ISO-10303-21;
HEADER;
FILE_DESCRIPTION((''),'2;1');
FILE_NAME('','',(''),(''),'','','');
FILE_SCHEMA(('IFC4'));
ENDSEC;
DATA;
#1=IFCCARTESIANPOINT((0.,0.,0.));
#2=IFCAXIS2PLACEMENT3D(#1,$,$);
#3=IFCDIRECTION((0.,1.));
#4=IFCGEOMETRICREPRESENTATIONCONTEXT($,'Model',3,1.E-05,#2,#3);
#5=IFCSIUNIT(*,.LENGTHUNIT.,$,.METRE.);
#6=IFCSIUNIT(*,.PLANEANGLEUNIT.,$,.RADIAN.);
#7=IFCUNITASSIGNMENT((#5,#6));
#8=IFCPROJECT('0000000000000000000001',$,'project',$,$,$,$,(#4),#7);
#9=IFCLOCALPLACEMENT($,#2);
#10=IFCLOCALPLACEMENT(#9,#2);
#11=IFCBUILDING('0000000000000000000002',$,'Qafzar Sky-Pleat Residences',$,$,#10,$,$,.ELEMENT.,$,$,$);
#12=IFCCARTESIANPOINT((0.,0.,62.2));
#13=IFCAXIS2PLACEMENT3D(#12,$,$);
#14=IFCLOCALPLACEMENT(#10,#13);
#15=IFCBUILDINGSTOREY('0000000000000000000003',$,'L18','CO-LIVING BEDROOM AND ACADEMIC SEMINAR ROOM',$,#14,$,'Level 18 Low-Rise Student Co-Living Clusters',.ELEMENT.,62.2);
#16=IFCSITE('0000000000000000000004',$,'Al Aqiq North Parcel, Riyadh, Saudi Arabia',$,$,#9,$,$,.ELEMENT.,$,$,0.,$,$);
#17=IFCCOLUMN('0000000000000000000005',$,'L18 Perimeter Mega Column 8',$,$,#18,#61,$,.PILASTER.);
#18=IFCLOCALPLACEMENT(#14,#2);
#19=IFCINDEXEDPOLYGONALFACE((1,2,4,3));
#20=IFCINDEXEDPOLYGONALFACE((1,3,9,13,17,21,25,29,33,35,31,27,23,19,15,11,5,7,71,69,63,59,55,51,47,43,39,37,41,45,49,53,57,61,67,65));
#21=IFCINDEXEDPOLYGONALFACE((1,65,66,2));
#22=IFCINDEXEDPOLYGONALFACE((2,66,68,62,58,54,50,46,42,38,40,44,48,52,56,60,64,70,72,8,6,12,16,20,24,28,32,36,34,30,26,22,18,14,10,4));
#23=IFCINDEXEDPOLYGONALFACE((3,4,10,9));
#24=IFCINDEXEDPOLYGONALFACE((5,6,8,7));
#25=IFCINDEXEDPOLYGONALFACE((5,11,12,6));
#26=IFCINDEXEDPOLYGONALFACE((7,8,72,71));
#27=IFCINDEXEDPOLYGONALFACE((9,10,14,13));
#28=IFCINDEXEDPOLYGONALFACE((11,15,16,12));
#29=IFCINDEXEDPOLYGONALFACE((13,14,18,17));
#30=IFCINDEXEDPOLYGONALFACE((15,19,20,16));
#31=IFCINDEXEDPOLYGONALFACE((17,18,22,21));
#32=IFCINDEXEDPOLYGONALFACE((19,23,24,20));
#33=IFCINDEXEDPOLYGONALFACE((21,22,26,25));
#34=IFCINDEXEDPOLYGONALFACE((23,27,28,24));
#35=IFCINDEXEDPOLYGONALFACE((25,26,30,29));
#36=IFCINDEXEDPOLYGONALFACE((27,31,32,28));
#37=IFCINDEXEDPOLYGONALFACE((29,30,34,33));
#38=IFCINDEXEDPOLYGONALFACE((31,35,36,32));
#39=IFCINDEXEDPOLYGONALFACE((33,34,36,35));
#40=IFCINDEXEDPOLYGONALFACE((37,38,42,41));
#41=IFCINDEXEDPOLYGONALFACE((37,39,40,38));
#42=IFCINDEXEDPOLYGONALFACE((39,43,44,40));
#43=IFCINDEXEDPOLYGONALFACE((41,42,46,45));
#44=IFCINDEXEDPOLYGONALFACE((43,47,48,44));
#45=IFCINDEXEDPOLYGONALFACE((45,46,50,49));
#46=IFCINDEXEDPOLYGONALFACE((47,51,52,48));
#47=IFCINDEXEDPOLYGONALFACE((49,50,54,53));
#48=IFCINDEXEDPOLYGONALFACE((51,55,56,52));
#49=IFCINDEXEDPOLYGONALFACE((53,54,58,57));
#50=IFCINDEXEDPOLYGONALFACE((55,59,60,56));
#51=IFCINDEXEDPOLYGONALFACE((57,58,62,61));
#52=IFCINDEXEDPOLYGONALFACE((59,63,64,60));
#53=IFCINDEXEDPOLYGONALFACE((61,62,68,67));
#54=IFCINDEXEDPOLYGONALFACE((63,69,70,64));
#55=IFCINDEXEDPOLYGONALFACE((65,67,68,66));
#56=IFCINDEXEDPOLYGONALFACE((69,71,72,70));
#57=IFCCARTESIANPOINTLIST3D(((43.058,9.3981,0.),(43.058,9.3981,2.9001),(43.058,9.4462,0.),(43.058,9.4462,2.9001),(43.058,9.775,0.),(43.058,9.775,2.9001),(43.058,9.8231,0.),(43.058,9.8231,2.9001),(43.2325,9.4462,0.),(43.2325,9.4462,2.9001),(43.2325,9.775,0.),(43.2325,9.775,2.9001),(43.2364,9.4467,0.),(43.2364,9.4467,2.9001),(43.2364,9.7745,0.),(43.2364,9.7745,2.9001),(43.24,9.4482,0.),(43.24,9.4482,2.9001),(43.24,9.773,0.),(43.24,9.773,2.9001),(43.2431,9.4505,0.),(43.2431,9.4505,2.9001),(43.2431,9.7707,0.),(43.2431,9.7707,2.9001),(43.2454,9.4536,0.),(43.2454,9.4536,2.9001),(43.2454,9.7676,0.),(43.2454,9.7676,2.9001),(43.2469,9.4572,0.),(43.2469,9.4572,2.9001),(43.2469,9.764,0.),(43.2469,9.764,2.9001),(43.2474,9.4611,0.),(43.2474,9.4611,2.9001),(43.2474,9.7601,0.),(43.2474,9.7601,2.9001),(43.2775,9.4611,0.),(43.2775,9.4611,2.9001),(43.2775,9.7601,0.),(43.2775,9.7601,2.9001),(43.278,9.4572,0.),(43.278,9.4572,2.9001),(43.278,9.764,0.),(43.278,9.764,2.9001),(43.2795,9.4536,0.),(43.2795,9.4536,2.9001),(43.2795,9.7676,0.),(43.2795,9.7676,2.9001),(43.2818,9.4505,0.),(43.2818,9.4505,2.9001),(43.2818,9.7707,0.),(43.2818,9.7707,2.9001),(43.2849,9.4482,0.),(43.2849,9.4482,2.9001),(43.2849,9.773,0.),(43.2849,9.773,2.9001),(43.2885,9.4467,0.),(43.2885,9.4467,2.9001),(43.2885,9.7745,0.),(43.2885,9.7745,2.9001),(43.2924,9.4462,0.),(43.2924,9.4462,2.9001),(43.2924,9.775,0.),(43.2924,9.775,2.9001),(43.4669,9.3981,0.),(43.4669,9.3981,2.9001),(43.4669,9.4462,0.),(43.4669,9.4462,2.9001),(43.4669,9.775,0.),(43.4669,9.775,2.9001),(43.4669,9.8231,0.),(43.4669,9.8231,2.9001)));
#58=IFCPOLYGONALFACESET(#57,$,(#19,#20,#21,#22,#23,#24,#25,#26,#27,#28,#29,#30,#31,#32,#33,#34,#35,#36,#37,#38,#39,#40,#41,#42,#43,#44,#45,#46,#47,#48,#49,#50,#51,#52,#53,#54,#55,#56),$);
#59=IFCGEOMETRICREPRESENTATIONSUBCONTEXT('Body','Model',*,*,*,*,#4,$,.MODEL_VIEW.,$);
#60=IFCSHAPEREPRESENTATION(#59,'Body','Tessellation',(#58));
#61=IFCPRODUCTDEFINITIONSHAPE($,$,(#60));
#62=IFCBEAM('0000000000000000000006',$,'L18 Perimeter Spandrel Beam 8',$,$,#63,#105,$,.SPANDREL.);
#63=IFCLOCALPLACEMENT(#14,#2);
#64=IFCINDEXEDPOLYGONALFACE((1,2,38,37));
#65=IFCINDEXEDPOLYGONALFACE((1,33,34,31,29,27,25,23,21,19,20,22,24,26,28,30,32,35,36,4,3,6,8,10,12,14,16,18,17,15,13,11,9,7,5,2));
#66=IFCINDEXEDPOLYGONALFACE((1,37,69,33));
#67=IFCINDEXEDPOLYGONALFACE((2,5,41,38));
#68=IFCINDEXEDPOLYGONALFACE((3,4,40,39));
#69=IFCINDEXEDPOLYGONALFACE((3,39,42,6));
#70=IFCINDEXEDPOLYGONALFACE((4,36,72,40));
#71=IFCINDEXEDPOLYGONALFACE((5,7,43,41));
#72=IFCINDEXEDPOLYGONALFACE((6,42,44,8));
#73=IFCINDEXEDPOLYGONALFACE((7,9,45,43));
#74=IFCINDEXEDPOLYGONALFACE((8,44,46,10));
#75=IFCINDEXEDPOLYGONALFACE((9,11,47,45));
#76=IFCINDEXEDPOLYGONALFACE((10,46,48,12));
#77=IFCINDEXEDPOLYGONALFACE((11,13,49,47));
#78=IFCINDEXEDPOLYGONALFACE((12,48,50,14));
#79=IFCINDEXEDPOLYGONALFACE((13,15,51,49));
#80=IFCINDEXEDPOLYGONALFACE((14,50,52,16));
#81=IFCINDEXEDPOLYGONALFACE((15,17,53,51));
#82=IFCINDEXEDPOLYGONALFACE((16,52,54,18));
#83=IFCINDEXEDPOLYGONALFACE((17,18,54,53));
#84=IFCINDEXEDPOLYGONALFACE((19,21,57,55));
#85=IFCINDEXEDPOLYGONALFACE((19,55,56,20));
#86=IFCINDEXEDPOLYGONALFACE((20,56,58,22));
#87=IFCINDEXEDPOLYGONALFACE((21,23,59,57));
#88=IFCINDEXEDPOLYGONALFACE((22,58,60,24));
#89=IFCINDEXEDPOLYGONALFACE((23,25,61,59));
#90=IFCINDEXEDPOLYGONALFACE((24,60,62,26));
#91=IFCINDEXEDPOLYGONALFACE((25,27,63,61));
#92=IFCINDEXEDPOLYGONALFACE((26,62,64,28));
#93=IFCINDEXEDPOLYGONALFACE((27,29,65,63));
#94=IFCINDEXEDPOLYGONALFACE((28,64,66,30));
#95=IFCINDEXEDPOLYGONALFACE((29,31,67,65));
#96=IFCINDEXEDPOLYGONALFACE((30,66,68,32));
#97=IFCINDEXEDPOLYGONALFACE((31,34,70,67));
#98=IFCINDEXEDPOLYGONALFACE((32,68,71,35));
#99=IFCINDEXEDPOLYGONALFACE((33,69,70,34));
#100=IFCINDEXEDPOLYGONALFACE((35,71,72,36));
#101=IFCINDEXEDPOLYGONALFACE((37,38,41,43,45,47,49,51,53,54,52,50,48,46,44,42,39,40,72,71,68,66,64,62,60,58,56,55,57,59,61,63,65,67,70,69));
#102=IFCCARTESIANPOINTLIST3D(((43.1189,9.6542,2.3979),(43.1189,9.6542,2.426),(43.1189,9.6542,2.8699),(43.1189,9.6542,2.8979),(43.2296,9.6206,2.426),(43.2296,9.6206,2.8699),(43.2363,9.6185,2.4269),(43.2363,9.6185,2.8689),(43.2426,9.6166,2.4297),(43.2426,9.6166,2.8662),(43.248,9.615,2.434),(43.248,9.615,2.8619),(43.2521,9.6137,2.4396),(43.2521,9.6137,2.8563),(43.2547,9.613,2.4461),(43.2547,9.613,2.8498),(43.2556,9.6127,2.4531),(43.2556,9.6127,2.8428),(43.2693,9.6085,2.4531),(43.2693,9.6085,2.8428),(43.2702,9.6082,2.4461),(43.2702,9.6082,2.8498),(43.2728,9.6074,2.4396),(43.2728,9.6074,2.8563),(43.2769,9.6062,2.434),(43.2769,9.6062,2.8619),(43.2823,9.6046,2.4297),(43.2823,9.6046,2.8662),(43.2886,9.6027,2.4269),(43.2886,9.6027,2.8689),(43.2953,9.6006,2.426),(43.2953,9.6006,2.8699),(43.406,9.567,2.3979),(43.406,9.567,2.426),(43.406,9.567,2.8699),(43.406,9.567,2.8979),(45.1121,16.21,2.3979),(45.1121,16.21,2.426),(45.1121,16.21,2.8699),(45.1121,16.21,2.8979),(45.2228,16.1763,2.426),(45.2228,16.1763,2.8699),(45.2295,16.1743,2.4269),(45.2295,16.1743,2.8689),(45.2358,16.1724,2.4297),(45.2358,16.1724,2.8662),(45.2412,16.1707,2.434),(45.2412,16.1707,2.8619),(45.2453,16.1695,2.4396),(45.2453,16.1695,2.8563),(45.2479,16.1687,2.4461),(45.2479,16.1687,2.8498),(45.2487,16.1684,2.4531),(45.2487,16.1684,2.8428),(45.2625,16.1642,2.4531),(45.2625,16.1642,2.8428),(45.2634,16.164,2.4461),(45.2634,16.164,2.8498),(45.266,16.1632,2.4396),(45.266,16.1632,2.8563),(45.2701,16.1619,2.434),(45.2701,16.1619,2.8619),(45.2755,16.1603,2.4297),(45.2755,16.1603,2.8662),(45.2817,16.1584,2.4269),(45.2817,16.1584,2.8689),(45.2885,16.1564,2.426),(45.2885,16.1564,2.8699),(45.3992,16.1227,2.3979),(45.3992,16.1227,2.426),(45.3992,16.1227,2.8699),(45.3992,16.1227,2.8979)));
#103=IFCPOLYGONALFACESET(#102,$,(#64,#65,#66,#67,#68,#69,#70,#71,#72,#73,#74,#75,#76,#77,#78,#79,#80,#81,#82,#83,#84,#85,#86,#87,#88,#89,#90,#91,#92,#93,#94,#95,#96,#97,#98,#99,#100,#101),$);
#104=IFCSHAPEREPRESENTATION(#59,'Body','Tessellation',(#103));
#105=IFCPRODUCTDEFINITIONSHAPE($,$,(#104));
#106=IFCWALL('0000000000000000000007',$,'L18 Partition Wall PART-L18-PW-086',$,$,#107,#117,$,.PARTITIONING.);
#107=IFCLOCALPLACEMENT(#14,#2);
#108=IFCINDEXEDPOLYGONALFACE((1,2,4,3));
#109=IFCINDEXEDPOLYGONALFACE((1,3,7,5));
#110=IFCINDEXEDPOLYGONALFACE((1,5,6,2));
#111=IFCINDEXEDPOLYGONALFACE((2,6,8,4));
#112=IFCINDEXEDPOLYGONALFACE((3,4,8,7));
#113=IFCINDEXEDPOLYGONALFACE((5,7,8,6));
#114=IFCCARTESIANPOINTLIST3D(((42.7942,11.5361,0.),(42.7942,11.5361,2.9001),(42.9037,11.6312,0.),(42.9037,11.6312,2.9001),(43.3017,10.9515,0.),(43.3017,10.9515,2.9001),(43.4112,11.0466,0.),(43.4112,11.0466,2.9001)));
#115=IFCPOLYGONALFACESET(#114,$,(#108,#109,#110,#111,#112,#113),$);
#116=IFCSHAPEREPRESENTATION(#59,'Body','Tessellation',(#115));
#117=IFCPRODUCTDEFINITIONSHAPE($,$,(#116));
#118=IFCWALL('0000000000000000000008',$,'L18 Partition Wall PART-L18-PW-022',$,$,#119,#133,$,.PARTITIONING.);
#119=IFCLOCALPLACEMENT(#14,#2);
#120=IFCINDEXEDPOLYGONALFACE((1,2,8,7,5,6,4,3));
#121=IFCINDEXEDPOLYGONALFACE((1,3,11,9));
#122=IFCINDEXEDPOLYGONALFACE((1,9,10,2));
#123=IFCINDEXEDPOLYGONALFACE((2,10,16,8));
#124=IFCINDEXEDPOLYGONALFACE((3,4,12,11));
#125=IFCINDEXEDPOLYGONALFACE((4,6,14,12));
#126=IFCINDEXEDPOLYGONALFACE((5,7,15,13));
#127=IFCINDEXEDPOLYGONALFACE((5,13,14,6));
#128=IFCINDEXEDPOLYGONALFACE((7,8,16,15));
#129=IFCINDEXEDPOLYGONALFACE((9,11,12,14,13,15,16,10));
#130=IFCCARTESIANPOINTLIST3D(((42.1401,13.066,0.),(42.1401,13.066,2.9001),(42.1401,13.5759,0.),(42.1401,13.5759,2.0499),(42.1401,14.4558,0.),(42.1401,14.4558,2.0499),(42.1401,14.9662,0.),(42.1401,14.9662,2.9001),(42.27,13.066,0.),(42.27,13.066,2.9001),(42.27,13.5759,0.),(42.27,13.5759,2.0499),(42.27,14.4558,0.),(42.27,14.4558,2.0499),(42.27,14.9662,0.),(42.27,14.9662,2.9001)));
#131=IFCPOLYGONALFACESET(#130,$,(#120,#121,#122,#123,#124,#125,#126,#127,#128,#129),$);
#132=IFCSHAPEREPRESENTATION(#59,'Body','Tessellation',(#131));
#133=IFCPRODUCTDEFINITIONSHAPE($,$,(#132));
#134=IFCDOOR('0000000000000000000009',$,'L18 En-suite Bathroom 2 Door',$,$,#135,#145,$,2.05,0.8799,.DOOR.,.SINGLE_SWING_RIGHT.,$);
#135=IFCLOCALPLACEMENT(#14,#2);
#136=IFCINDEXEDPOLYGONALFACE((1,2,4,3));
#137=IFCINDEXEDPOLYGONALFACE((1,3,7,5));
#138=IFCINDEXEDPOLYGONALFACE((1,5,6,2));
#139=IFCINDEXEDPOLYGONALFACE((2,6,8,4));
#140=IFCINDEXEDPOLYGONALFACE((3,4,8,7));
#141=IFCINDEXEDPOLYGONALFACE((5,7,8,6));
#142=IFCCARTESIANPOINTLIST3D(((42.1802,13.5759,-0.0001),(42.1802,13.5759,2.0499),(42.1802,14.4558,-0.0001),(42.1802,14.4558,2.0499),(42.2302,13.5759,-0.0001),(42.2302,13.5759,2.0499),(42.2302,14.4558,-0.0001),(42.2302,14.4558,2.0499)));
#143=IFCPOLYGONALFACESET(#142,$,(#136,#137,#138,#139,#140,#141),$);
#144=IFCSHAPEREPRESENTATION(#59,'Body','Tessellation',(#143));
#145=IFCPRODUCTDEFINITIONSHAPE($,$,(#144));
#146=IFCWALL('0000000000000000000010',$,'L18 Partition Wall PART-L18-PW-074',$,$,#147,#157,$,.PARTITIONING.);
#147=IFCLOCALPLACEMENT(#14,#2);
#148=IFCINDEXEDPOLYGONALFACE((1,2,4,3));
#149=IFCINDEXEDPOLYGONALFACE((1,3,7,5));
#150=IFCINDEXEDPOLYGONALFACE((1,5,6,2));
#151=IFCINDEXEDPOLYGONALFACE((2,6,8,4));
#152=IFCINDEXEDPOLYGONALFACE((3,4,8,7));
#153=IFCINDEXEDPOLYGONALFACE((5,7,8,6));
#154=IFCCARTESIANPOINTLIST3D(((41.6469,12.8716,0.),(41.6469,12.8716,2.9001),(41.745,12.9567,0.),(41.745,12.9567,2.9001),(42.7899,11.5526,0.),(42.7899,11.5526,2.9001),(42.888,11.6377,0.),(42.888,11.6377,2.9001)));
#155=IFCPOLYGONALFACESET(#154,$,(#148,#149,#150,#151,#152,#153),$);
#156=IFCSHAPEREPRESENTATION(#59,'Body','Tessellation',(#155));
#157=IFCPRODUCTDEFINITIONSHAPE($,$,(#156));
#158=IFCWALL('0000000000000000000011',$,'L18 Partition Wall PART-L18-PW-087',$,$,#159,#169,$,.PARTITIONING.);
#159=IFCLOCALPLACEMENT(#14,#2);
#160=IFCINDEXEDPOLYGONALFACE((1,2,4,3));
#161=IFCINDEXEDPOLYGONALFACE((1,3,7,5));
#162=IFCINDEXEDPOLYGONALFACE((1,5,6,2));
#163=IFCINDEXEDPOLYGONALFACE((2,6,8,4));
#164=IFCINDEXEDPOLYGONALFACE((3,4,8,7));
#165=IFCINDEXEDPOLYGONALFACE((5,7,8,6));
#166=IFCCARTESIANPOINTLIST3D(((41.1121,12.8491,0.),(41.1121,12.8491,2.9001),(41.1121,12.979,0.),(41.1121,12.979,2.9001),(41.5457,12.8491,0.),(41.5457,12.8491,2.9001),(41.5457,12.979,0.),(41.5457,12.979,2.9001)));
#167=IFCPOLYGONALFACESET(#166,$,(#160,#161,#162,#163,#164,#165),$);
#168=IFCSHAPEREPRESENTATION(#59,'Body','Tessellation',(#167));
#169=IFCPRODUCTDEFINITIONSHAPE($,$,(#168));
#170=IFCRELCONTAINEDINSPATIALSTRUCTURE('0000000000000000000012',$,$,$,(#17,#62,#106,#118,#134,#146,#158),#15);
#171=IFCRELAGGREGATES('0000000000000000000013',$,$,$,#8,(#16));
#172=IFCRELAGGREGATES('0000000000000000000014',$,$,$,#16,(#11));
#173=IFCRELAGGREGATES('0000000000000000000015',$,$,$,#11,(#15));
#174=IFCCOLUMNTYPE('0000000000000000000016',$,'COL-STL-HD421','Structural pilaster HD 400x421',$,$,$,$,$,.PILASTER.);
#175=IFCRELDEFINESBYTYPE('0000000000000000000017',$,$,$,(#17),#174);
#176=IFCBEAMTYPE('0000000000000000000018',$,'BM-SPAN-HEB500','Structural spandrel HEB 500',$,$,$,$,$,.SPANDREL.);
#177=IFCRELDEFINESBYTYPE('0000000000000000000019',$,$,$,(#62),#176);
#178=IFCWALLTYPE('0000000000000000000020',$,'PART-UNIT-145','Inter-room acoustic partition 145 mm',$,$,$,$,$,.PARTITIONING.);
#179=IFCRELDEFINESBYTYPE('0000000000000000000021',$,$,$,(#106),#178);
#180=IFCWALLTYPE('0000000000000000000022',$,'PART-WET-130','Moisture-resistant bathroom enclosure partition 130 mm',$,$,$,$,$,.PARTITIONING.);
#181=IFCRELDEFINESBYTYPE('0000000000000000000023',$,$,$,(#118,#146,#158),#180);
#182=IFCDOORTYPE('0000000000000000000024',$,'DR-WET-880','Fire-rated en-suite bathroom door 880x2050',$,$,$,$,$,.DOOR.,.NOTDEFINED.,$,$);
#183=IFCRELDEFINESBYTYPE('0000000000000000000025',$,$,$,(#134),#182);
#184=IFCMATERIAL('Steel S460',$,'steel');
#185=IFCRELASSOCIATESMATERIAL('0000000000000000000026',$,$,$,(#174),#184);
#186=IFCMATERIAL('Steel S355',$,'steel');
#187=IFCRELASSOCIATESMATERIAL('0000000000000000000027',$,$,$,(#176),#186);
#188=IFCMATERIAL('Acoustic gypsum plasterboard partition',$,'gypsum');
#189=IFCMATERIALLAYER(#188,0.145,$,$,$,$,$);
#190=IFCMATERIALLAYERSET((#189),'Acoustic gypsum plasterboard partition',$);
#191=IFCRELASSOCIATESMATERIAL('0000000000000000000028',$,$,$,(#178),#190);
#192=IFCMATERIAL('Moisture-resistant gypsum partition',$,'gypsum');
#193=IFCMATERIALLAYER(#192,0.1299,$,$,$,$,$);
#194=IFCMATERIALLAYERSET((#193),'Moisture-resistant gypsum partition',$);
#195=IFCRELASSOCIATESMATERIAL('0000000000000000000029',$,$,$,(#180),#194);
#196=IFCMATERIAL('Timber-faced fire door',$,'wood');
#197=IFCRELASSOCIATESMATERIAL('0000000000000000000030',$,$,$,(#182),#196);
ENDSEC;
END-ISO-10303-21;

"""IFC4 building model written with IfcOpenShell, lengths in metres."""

from ifc_helpers import new_model, si_unit, direction, frame, frame_2d, origin, origin_2d, place, context, subcontext, project, spatial, rectangle, i_section, extrude, source, transform, mapped, material, layer, layer_set, material_profile, profile_set, type_object, element, fill, save


model = new_model("IFC4")

# Units and contexts
model_context = context("Model", 3, precision=1e-05, world=origin(), true_north=direction((0.0, 1.0)))
body_context = subcontext(model_context, "Body", "Model", "MODEL_VIEW")
ifc_project = project(units=[si_unit("LENGTHUNIT", "METRE"), si_unit("PLANEANGLEUNIT", "RADIAN")], contexts=[model_context])

# Site, building, storey
site_placement = place(None, origin())
site = spatial("IfcSite", under=ifc_project, at=site_placement, Name="Al Aqiq North Parcel, Riyadh, Saudi Arabia", CompositionType="ELEMENT", RefElevation=0.0)
building_placement = place(site_placement, origin())
building = spatial("IfcBuilding", under=site, at=building_placement, Name="Qafzar Sky-Pleat Residences", CompositionType="ELEMENT")
storey_placement = place(building_placement, frame((0.0, 0.0, 62.2)))
storey = spatial("IfcBuildingStorey", under=building, at=storey_placement, Name="L18", Description="CO-LIVING BEDROOM AND ACADEMIC SEMINAR ROOM", LongName="Level 18 Low-Rise Student Co-Living Clusters", CompositionType="ELEMENT", Elevation=62.2)

# Column
ifc_material_1 = material(Name="Steel S460", Category="steel")
ifc_material_profile_1 = material_profile(ifc_material_1, i_section(OverallWidth=0.4089, OverallDepth=0.425, WebThickness=0.03, FlangeThickness=0.0481, FilletRadius=0.0149, at=origin_2d()), Name="HD 400x421")
ifc_profile_set_1 = profile_set([ifc_material_profile_1], Name="Steel S460")
column_type = type_object("IfcColumnType", Name="COL-STL-HD421", Description="Structural pilaster HD 400x421", PredefinedType="PILASTER", material=ifc_profile_set_1)
shared_shape_1 = source(origin(), body_context, "Body", "SweptSolid", [
    extrude(i_section(OverallWidth=0.4089, OverallDepth=0.425, WebThickness=0.03, FlangeThickness=0.0481, FilletRadius=0.0149, at=origin_2d()), origin(), (0.0, 0.0, 1.0), 2.9001),
])
column_placement = place(storey_placement, frame((43.2625, 9.6106, 0.0), z_axis=(0.0, 0.0, 1.0), x_axis=(1.0, 0.0, 0.0)))
element("IfcColumn", 1, at=column_placement, inside=storey, type_object=column_type, Name="L18 Perimeter Mega Column 8", PredefinedType="PILASTER", context=body_context, shape_type="MappedRepresentation", body=[
    mapped(shared_shape_1, transform((0.0, 0.0, 0.0), x_axis=(1.0, 0.0, 0.0), y_axis=(0.0, 1.0, 0.0), z_axis=(0.0, 0.0, 1.0), scale=1.0)),
])

# Beam
ifc_material_2 = material(Name="Steel S355", Category="steel")
ifc_material_profile_2 = material_profile(ifc_material_2, i_section(OverallWidth=0.3, OverallDepth=0.5, WebThickness=0.0144, FlangeThickness=0.0281, FilletRadius=0.0271, at=origin_2d()), Name="HEB 500")
ifc_profile_set_2 = profile_set([ifc_material_profile_2], Name="Steel S355")
beam_type = type_object("IfcBeamType", Name="BM-SPAN-HEB500", Description="Structural spandrel HEB 500", PredefinedType="SPANDREL", material=ifc_profile_set_2)
shared_shape_2 = source(origin(), body_context, "Body", "SweptSolid", [
    extrude(i_section(OverallWidth=0.3, OverallDepth=0.5, WebThickness=0.0144, FlangeThickness=0.0281, FilletRadius=0.0271, at=origin_2d()), origin(), (0.0, 0.0, 1.0), 6.8521),
])
beam_placement = place(storey_placement, frame((43.2625, 9.6106, 2.6479), z_axis=(0.290889, 0.956757, 0.0), x_axis=(-0.956757, 0.290889, 0.0)))
element("IfcBeam", 2, at=beam_placement, inside=storey, type_object=beam_type, Name="L18 Perimeter Spandrel Beam 8", PredefinedType="SPANDREL", context=body_context, shape_type="MappedRepresentation", body=[
    mapped(shared_shape_2, transform((0.0, 0.0, 0.0), x_axis=(1.0, 0.0, 0.0), y_axis=(0.0, 1.0, 0.0), z_axis=(0.0, 0.0, 1.0), scale=1.0)),
])

# Wall
ifc_material_3 = material(Name="Acoustic gypsum plasterboard partition", Category="gypsum")
ifc_layer_1 = layer(ifc_material_3, 0.145)
ifc_layer_set_1 = layer_set([ifc_layer_1], Name="Acoustic gypsum plasterboard partition")
wall_type_1 = type_object("IfcWallType", Name="PART-UNIT-145", Description="Inter-room acoustic partition 145 mm", PredefinedType="PARTITIONING", material=ifc_layer_set_1)
wall_1_placement = place(storey_placement, frame((42.8489, 11.5837, 0.0), z_axis=(0.0, 0.0, 1.0), x_axis=(0.655531, -0.755169, 0.0)))
element("IfcWall", 3, at=wall_1_placement, inside=storey, type_object=wall_type_1, Name="L18 Partition Wall PART-L18-PW-086", PredefinedType="PARTITIONING", context=body_context, shape_type="SweptSolid", body=[
    extrude(rectangle(XDim=0.7742, YDim=0.145, at=frame_2d((0.3872, 0.0))), origin(), (0.0, 0.0, 1.0), 2.9001),
])

# Wall, opening, door
ifc_material_4 = material(Name="Moisture-resistant gypsum partition", Category="gypsum")
ifc_layer_2 = layer(ifc_material_4, 0.1299)
ifc_layer_set_2 = layer_set([ifc_layer_2], Name="Moisture-resistant gypsum partition")
wall_type_2 = type_object("IfcWallType", Name="PART-WET-130", Description="Moisture-resistant bathroom enclosure partition 130 mm", PredefinedType="PARTITIONING", material=ifc_layer_set_2)
wall_2_placement = place(storey_placement, frame((42.2051, 13.0659, 0.0), z_axis=(0.0, 0.0, 1.0), x_axis=(0.0, 1.0, 0.0)))
wall_2 = element("IfcWall", 4, at=wall_2_placement, inside=storey, type_object=wall_type_2, Name="L18 Partition Wall PART-L18-PW-022", PredefinedType="PARTITIONING", context=body_context, shape_type="SweptSolid", body=[
    extrude(rectangle(XDim=1.9001, YDim=0.1299, at=frame_2d((0.9502, 0.0))), origin(), (0.0, 0.0, 1.0), 2.9001),
])
opening_1_placement = place(wall_2_placement, frame((0.51, 0.0, 0.0)))
opening_1 = element("IfcOpeningElement", 5, at=opening_1_placement, cuts=wall_2, PredefinedType="OPENING", context=body_context, shape_type="SweptSolid", body=[
    extrude(rectangle(XDim=0.8799, YDim=2.05, at=frame_2d((0.4399, 1.0249))), frame((0.0, 0.075, 0.0), z_axis=(0.0, -1.0, 0.0), x_axis=(1.0, 0.0, 0.0)), (0.0, 0.0, 1.0), 0.1499),
])
ifc_material_5 = material(Name="Timber-faced fire door", Category="wood")
door_type_1 = type_object("IfcDoorType", Name="DR-WET-880", Description="Fire-rated en-suite bathroom door 880x2050", OperationType="NOTDEFINED", PredefinedType="DOOR", material=ifc_material_5)
shared_shape_3 = source(origin(), body_context, "Body", "SweptSolid", [
    extrude(rectangle(XDim=0.8799, YDim=2.05, at=frame_2d((0.4399, 1.0249))), frame((0.0, 0.0249, 0.0), z_axis=(0.0, -1.0, 0.0), x_axis=(1.0, 0.0, 0.0)), (0.0, 0.0, 1.0), 0.05),
])
door_1_placement = place(opening_1_placement, origin())
door_1 = element("IfcDoor", 6, at=door_1_placement, inside=storey, type_object=door_type_1, Name="L18 En-suite Bathroom 2 Door", OperationType="SINGLE_SWING_RIGHT", OverallHeight=2.05, OverallWidth=0.8799, PredefinedType="DOOR", context=body_context, shape_type="MappedRepresentation", body=[
    mapped(shared_shape_3, transform((0.0, 0.0, 0.0), x_axis=(1.0, 0.0, 0.0), y_axis=(0.0, 1.0, 0.0), z_axis=(0.0, 0.0, 1.0), scale=1.0)),
])
fill(opening_1, door_1)

# Walls
wall_3_placement = place(storey_placement, frame((41.696, 12.9141, 0.0), z_axis=(0.0, 0.0, 1.0), x_axis=(0.654883, -0.755731, 0.0)))
element("IfcWall", 7, at=wall_3_placement, inside=storey, type_object=wall_type_2, Name="L18 Partition Wall PART-L18-PW-074", PredefinedType="PARTITIONING", context=body_context, shape_type="SweptSolid", body=[
    extrude(rectangle(XDim=1.7454, YDim=0.1299, at=frame_2d((0.8726, 0.0))), origin(), (0.0, 0.0, 1.0), 2.9001),
])
wall_4_placement = place(storey_placement, frame((41.1121, 12.9141, 0.0), z_axis=(0.0, 0.0, 1.0), x_axis=(1.0, 0.0, 0.0)))
element("IfcWall", 8, at=wall_4_placement, inside=storey, type_object=wall_type_2, Name="L18 Partition Wall PART-L18-PW-087", PredefinedType="PARTITIONING", context=body_context, shape_type="SweptSolid", body=[
    extrude(rectangle(XDim=0.4336, YDim=0.1299, at=frame_2d((0.2168, 0.0))), origin(), (0.0, 0.0, 1.0), 2.9001),
])

save(model, "model.ifc")
